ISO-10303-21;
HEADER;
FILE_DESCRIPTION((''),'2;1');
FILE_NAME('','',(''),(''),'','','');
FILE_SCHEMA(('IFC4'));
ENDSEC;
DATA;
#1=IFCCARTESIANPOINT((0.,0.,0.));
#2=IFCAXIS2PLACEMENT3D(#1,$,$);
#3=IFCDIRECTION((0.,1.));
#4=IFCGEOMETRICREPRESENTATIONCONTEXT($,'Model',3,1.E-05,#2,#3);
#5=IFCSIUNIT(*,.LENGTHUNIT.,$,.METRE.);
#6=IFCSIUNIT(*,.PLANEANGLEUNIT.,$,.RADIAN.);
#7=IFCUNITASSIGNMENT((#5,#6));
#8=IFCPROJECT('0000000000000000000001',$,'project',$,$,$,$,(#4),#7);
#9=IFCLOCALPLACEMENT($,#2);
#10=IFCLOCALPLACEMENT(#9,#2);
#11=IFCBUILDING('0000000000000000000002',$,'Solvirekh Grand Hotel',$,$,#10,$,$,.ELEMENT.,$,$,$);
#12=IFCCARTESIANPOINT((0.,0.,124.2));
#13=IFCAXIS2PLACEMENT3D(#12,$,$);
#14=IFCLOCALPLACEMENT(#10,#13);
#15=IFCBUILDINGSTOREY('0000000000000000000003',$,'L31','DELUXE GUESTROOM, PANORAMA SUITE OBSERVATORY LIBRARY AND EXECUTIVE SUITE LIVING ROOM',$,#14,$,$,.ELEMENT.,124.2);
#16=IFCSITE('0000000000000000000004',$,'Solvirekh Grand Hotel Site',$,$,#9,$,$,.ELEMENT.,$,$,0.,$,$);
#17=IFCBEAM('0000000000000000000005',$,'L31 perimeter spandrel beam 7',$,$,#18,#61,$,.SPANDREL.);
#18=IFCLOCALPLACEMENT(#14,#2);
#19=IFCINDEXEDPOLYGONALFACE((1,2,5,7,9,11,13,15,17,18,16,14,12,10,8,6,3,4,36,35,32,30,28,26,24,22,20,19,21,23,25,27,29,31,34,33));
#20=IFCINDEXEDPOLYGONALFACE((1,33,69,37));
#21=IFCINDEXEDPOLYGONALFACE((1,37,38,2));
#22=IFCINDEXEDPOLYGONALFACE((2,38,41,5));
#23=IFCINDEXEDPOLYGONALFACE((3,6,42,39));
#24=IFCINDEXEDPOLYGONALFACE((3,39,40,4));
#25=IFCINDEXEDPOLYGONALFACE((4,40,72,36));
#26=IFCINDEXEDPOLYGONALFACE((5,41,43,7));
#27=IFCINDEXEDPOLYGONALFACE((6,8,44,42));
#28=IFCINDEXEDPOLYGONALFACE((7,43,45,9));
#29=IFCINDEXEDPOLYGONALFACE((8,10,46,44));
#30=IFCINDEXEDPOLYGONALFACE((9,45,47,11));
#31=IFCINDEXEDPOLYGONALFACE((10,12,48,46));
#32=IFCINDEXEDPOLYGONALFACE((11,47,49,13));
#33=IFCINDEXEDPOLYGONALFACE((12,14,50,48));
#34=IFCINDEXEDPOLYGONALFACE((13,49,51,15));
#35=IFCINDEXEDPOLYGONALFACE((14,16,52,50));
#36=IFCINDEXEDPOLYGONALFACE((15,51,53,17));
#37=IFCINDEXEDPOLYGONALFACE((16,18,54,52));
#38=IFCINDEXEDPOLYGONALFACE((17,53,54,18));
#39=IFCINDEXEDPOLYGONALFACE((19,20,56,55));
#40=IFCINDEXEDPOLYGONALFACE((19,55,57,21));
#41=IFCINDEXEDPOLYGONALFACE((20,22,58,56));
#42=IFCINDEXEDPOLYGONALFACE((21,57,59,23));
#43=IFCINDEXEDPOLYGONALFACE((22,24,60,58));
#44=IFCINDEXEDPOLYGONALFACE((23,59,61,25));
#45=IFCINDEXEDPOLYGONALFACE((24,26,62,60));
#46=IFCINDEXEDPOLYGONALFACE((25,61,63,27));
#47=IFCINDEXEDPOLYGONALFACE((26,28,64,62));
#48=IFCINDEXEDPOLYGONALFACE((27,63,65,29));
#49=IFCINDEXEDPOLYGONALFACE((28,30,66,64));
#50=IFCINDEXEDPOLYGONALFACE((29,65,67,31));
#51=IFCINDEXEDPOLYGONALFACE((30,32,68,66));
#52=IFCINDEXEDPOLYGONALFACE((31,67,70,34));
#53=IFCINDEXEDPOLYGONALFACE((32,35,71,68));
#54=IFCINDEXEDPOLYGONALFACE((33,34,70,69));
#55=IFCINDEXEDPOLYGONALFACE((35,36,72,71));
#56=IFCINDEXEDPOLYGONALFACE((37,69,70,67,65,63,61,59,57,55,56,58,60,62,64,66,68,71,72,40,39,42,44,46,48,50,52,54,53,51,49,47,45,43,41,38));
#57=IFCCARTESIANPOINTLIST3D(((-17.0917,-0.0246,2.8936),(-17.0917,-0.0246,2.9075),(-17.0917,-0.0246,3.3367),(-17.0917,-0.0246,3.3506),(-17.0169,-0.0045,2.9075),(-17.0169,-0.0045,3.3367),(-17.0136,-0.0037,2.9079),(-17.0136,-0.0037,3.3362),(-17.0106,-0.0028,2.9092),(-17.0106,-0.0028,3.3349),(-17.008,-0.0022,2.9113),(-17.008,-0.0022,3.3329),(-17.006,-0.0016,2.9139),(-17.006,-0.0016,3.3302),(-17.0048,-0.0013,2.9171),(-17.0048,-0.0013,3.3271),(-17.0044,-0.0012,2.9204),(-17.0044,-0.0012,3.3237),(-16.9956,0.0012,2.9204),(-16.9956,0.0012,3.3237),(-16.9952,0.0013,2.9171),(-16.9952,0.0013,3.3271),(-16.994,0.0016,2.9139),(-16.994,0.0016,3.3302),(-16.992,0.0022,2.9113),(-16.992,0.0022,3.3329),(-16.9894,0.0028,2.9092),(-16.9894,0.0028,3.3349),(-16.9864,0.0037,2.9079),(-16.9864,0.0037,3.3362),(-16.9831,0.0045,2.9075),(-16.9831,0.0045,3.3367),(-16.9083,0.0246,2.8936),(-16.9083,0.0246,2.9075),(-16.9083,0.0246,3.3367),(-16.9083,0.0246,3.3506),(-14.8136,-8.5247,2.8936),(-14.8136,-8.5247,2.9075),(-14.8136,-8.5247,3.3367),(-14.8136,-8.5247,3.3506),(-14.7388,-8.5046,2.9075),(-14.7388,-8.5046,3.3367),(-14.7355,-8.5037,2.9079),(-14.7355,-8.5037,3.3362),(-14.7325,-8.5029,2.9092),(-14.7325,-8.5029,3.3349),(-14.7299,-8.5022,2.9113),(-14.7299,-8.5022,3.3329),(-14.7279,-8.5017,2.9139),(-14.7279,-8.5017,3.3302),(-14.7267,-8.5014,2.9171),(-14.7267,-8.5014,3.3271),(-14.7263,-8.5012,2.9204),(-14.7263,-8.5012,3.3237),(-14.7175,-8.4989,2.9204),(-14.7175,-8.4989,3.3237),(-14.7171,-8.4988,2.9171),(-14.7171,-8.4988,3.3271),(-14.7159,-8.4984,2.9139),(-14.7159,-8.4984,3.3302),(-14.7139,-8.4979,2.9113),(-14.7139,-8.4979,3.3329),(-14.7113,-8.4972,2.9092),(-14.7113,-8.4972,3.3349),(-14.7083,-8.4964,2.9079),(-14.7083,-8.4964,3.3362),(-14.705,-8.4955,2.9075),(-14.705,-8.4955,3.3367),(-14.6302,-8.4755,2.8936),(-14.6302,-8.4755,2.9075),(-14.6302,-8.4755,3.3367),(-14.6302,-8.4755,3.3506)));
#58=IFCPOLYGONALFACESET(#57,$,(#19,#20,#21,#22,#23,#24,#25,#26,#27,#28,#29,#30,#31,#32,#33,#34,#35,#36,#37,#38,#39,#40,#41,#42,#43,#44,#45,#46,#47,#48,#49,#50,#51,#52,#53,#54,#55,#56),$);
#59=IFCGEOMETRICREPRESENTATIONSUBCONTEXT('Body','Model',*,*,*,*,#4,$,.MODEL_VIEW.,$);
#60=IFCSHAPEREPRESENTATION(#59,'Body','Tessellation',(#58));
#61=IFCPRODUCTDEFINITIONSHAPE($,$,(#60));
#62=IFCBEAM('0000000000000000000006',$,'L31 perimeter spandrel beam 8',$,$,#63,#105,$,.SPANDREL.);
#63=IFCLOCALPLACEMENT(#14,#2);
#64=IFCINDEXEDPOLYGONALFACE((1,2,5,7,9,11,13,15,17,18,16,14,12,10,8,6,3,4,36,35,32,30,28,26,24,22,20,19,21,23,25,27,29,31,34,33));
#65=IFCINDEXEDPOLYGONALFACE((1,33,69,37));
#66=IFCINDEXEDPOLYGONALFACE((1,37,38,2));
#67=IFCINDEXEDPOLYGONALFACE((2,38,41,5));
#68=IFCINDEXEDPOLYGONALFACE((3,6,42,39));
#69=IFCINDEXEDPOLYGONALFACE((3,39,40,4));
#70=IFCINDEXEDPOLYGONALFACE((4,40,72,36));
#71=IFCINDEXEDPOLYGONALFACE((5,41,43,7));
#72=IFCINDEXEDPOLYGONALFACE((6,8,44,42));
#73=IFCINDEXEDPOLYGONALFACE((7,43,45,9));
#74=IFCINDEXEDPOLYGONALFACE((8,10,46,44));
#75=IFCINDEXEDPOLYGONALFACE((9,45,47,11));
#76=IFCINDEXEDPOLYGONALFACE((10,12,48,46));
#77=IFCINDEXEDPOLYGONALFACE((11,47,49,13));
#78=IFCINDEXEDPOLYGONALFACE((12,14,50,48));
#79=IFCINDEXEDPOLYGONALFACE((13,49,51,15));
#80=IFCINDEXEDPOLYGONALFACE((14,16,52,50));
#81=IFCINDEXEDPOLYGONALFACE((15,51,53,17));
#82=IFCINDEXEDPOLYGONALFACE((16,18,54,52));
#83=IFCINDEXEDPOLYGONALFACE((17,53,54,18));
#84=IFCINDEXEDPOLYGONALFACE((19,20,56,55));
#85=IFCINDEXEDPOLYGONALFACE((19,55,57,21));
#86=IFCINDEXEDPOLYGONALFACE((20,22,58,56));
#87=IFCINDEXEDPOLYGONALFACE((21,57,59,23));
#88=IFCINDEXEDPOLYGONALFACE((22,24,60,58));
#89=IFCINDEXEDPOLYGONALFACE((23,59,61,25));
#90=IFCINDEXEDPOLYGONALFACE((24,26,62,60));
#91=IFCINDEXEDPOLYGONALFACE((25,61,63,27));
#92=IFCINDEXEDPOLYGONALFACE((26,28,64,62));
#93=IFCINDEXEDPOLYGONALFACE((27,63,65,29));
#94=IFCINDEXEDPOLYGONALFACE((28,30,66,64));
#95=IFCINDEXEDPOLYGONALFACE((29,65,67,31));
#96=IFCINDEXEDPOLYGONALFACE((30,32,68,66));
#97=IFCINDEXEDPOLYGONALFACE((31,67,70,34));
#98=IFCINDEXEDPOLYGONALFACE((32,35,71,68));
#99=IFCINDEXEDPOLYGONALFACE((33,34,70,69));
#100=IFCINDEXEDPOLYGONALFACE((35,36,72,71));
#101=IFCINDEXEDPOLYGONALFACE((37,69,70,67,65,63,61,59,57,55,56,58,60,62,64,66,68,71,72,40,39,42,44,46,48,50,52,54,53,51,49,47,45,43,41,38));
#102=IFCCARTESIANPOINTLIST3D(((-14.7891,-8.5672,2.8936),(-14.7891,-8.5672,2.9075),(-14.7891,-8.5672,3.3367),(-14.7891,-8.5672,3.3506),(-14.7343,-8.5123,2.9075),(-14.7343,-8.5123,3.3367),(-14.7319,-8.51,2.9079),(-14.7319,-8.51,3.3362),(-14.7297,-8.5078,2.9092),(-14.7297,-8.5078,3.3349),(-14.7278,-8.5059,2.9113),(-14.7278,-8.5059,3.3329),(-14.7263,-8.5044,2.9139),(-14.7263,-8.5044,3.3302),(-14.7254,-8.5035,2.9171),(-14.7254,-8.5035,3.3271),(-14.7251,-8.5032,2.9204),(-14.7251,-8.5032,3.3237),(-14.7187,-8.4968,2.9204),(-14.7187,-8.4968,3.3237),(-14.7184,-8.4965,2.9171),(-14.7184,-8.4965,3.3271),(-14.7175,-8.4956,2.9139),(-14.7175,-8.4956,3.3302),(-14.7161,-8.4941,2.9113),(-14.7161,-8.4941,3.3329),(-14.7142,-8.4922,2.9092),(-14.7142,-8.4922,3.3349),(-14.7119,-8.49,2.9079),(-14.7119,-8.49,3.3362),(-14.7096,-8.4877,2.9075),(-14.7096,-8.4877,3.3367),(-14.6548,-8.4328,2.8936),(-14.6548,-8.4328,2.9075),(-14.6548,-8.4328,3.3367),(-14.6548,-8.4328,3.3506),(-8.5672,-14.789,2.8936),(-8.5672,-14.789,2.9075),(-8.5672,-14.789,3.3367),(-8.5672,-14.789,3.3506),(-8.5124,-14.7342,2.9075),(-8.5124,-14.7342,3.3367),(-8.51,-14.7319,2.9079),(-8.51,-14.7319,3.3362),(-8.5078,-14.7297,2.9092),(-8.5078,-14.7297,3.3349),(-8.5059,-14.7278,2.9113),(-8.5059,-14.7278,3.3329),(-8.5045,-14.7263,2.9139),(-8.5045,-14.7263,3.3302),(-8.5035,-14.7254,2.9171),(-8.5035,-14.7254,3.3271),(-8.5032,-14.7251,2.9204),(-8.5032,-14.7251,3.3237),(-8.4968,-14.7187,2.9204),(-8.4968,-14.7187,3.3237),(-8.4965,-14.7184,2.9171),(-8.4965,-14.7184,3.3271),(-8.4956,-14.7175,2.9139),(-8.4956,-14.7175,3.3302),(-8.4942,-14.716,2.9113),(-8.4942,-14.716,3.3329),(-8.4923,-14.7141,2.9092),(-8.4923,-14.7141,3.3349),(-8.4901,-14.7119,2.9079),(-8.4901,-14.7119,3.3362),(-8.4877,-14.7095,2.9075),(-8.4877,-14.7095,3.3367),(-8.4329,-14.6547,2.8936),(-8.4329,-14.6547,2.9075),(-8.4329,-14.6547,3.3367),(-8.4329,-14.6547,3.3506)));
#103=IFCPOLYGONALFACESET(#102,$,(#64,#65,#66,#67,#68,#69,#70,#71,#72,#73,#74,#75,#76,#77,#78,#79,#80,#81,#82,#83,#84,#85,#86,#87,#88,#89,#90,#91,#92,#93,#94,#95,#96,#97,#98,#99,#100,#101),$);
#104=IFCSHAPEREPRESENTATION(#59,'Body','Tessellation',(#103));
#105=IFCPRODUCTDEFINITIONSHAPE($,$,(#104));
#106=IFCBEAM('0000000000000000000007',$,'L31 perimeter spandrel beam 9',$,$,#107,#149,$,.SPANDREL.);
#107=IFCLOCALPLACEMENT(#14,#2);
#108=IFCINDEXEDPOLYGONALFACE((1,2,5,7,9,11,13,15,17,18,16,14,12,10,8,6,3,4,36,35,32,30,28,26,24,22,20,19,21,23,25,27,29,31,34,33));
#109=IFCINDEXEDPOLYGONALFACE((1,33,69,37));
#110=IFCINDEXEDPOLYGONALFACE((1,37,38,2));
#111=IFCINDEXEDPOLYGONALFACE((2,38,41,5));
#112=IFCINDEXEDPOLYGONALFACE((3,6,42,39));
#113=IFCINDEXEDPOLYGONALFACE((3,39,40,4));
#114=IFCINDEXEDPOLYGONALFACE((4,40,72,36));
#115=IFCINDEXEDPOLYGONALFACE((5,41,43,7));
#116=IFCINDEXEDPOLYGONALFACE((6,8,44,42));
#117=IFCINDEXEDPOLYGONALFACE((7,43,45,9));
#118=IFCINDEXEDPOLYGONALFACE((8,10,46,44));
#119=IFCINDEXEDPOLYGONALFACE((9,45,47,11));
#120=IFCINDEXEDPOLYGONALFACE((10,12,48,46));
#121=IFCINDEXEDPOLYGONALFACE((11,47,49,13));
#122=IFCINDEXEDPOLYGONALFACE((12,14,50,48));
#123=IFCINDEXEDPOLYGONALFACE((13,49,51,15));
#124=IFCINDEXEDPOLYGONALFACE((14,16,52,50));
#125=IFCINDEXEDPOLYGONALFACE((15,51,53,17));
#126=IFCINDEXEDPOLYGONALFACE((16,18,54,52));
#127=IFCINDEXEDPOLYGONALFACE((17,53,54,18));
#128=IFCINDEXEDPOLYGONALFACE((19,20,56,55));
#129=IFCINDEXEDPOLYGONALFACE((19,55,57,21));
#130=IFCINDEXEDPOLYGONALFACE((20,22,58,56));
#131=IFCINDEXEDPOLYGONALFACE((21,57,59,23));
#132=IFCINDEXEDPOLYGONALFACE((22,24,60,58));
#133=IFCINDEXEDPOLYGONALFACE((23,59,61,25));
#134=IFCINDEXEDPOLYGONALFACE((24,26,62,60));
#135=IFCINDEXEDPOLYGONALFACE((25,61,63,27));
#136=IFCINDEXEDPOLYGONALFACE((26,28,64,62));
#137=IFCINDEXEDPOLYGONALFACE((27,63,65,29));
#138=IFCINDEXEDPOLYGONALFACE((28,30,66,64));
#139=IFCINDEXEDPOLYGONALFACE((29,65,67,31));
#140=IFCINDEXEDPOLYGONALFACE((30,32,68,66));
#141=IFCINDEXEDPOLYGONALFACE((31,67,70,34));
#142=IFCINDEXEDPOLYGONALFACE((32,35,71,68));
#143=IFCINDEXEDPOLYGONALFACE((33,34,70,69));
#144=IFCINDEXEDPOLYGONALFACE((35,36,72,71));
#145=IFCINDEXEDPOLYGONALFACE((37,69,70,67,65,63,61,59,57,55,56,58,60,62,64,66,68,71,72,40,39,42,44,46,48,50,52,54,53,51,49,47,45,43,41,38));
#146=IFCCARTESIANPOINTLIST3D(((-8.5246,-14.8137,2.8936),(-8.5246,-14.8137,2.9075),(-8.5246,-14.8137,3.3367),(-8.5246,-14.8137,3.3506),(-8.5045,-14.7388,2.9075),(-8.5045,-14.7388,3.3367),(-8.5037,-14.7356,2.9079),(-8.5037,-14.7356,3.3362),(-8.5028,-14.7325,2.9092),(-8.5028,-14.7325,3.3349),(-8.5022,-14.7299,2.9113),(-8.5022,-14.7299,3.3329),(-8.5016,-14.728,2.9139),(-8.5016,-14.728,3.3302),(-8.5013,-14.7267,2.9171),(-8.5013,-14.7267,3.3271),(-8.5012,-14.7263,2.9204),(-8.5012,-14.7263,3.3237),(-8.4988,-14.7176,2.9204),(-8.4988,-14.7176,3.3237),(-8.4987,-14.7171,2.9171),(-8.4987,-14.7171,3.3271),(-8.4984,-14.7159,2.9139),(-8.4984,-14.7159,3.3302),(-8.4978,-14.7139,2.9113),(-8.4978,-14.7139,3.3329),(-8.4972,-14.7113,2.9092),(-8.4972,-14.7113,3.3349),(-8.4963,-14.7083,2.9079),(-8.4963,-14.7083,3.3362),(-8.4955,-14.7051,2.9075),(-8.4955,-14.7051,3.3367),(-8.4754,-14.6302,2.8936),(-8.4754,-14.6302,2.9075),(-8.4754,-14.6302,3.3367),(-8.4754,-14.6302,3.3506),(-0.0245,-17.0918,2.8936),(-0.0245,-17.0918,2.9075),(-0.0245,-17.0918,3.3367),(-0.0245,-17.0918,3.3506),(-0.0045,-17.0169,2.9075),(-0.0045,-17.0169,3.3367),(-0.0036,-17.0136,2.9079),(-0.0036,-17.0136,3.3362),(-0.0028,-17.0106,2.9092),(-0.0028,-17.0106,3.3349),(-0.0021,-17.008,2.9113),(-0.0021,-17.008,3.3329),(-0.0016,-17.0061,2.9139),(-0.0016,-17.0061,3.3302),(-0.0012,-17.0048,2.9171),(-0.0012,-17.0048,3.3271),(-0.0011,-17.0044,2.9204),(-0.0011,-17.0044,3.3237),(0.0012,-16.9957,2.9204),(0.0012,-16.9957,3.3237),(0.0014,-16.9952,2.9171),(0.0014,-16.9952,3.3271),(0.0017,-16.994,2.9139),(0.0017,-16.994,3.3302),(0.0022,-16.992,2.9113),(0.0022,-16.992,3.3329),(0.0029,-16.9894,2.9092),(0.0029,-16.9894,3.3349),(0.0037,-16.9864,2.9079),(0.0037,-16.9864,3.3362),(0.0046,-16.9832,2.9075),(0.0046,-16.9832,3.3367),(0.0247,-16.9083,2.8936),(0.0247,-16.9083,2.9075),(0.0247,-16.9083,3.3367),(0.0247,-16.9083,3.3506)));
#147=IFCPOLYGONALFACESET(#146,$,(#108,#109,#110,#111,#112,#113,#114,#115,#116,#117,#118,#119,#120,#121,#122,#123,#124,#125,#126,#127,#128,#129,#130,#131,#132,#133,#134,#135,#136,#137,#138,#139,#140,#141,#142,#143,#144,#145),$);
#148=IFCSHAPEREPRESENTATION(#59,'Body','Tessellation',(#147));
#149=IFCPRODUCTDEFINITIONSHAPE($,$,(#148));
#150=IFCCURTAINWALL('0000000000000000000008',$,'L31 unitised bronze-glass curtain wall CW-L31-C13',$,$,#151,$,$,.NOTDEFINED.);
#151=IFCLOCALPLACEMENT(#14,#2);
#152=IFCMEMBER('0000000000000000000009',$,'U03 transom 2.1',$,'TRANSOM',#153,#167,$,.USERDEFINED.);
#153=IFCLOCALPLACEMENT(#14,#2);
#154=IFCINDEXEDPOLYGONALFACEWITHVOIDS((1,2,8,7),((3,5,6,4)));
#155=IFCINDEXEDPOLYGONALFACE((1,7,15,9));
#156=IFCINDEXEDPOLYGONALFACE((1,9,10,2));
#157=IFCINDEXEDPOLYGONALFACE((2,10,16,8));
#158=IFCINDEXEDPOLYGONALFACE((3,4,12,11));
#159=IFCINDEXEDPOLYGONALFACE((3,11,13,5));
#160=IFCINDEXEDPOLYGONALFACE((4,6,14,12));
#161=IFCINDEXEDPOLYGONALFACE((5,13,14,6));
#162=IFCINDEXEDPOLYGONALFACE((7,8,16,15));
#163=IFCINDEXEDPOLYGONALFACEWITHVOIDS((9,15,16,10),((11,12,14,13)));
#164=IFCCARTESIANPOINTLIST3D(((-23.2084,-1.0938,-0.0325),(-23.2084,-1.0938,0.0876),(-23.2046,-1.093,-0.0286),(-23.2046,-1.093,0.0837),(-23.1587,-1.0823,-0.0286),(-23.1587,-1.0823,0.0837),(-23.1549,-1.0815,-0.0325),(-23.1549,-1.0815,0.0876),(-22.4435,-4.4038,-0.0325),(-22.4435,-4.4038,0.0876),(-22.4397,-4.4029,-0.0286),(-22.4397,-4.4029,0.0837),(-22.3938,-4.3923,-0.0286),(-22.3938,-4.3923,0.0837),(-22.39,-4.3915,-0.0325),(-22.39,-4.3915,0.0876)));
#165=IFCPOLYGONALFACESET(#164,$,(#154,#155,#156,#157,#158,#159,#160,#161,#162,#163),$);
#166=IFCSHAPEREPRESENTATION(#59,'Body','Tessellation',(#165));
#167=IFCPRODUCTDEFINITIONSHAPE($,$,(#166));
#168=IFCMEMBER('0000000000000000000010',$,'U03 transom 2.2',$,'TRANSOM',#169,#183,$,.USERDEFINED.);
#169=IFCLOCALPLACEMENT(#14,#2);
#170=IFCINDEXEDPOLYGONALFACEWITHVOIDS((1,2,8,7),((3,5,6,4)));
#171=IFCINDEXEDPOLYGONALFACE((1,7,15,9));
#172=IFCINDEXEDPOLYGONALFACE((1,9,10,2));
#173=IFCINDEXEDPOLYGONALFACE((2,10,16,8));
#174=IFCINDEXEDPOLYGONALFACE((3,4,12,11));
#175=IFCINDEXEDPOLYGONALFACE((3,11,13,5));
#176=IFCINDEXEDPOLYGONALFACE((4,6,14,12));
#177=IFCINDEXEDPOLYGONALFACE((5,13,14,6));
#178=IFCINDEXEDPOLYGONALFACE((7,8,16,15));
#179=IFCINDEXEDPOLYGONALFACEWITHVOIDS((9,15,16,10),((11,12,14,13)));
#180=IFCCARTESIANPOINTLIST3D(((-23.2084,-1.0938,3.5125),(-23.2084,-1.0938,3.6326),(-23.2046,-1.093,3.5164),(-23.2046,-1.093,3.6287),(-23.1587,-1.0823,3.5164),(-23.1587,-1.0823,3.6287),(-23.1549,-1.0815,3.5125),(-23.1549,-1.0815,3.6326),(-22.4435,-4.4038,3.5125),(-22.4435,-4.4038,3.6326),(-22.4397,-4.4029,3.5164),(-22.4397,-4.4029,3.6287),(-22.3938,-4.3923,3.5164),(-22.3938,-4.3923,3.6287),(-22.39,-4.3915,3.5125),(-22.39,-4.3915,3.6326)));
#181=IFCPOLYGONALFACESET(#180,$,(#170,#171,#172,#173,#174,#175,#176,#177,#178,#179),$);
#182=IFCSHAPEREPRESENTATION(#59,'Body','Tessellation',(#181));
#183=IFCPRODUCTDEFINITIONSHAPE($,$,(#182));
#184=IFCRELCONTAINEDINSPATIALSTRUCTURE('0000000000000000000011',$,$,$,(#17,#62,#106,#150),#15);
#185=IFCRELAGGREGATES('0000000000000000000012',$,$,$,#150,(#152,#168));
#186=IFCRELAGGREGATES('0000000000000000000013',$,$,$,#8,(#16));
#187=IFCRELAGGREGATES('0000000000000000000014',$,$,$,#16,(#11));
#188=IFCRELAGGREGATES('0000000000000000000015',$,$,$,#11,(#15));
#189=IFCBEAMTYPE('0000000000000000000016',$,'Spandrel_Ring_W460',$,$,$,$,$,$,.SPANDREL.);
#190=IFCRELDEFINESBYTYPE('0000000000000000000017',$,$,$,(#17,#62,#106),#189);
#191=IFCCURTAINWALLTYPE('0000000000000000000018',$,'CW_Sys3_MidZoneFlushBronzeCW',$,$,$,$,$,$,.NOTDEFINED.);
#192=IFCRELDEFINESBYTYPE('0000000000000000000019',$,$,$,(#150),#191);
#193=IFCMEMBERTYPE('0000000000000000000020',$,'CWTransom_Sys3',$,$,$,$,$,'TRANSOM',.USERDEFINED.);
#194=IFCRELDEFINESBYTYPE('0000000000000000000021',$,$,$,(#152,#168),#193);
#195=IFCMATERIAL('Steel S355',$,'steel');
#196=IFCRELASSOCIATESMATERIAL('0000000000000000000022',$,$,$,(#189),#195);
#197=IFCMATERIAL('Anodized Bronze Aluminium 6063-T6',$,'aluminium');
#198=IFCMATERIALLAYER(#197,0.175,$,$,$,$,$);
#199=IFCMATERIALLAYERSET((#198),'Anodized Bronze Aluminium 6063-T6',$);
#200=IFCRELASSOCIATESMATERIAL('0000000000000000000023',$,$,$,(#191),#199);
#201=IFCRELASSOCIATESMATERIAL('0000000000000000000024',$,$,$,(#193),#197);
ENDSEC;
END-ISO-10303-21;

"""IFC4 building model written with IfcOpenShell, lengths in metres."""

from ifc_helpers import new_model, si_unit, direction, frame, origin, origin_2d, place, context, subcontext, project, spatial, hollow_rectangle, i_section, extrude, source, transform, mapped, material, layer, layer_set, material_profile, profile_set, type_object, element, aggregate, save


model = new_model("IFC4")

# Units and contexts
model_context = context("Model", 3, precision=1e-05, world=origin(), true_north=direction((0.0, 1.0)))
body_context = subcontext(model_context, "Body", "Model", "MODEL_VIEW")
ifc_project = project(units=[si_unit("LENGTHUNIT", "METRE"), si_unit("PLANEANGLEUNIT", "RADIAN")], contexts=[model_context])

# Site, building, storey
site_placement = place(None, origin())
site = spatial("IfcSite", under=ifc_project, at=site_placement, Name="Solvirekh Grand Hotel Site", CompositionType="ELEMENT", RefElevation=0.0)
building_placement = place(site_placement, origin())
building = spatial("IfcBuilding", under=site, at=building_placement, Name="Solvirekh Grand Hotel", CompositionType="ELEMENT")
storey_placement = place(building_placement, frame((0.0, 0.0, 124.2)))
storey = spatial("IfcBuildingStorey", under=building, at=storey_placement, Name="L31", Description="DELUXE GUESTROOM, PANORAMA SUITE OBSERVATORY LIBRARY AND EXECUTIVE SUITE LIVING ROOM", CompositionType="ELEMENT", Elevation=124.2)

# Beams
ifc_material_1 = material(Name="Steel S355", Category="steel")
ifc_material_profile_1 = material_profile(ifc_material_1, i_section(OverallWidth=0.1899, OverallDepth=0.457, WebThickness=0.009, FlangeThickness=0.0139, FilletRadius=0.0129, at=origin_2d()), Name="W460X74")
ifc_profile_set_1 = profile_set([ifc_material_profile_1], Name="Steel S355")
beam_type_1 = type_object("IfcBeamType", Name="Spandrel_Ring_W460", PredefinedType="SPANDREL", material=ifc_profile_set_1)
beam_1_placement = place(storey_placement, frame((-17.0, 0.0, 3.1221), z_axis=(0.258873, -0.965911, 0.0), x_axis=(0.965911, 0.258873, 0.0)))
element("IfcBeam", 1, at=beam_1_placement, inside=storey, type_object=beam_type_1, Name="L31 perimeter spandrel beam 7", PredefinedType="SPANDREL", context=body_context, shape_type="SweptSolid", body=[
    extrude(i_section(OverallWidth=0.1899, OverallDepth=0.457, WebThickness=0.009, FlangeThickness=0.0139, FilletRadius=0.0129, at=origin_2d()), origin(), (0.0, 0.0, 1.0), 8.8),
])
beam_2_placement = place(storey_placement, frame((-14.7219, -8.5, 3.1221), z_axis=(0.707107, -0.707107, 0.0), x_axis=(0.707107, 0.707107, 0.0)))
element("IfcBeam", 2, at=beam_2_placement, inside=storey, type_object=beam_type_1, Name="L31 perimeter spandrel beam 8", PredefinedType="SPANDREL", context=body_context, shape_type="SweptSolid", body=[
    extrude(i_section(OverallWidth=0.1899, OverallDepth=0.457, WebThickness=0.009, FlangeThickness=0.0139, FilletRadius=0.0129, at=origin_2d()), origin(), (0.0, 0.0, 1.0), 8.7991),
])
beam_3_placement = place(storey_placement, frame((-8.5, -14.7219, 3.1221), z_axis=(0.965911, -0.258873, 0.0), x_axis=(0.258873, 0.965911, 0.0)))
element("IfcBeam", 3, at=beam_3_placement, inside=storey, type_object=beam_type_1, Name="L31 perimeter spandrel beam 9", PredefinedType="SPANDREL", context=body_context, shape_type="SweptSolid", body=[
    extrude(i_section(OverallWidth=0.1899, OverallDepth=0.457, WebThickness=0.009, FlangeThickness=0.0139, FilletRadius=0.0129, at=origin_2d()), origin(), (0.0, 0.0, 1.0), 8.8),
])

# Curtain wall, members
ifc_material_2 = material(Name="Anodized Bronze Aluminium 6063-T6", Category="aluminium")
ifc_layer_1 = layer(ifc_material_2, 0.175)
ifc_layer_set_1 = layer_set([ifc_layer_1], Name="Anodized Bronze Aluminium 6063-T6")
curtain_wall_type = type_object("IfcCurtainWallType", Name="CW_Sys3_MidZoneFlushBronzeCW", PredefinedType="NOTDEFINED", material=ifc_layer_set_1)
curtain_wall_1_placement = place(storey_placement, origin())
curtain_wall_1 = element("IfcCurtainWall", 4, at=curtain_wall_1_placement, inside=storey, type_object=curtain_wall_type, Name="L31 unitised bronze-glass curtain wall CW-L31-C13", PredefinedType="NOTDEFINED")
ifc_material_profile_2 = material_profile(ifc_material_2, hollow_rectangle(XDim=0.0549, YDim=0.1201, WallThickness=0.0039, at=origin_2d()), Name="ALU RHS 120X55X4")
ifc_profile_set_2 = profile_set([ifc_material_profile_2], Name="Anodized Bronze Aluminium 6063-T6")
member_type_1 = type_object("IfcMemberType", Name="CWTransom_Sys3", ElementType="TRANSOM", PredefinedType="USERDEFINED", material=ifc_profile_set_2)
shared_shape_1 = source(origin(), body_context, "Body", "SweptSolid", [
    extrude(hollow_rectangle(XDim=0.0549, YDim=0.1201, WallThickness=0.0039, at=origin_2d()), origin(), (0.0, 0.0, 1.0), 3.3972),
])
member_1_placement = place(storey_placement, frame((-23.1816, -1.0876, 0.0276), z_axis=(0.225148, -0.974325, 0.0), x_axis=(0.974325, 0.225148, 0.0)))
member_1 = element("IfcMember", 5, at=member_1_placement, type_object=member_type_1, Name="U03 transom 2.1", ObjectType="TRANSOM", PredefinedType="USERDEFINED", context=body_context, shape_type="MappedRepresentation", body=[
    mapped(shared_shape_1, transform((0.0, 0.0, 0.0), x_axis=(1.0, 0.0, 0.0), y_axis=(0.0, 1.0, 0.0), z_axis=(0.0, 0.0, 1.0), scale=1.0)),
])
member_2_placement = place(storey_placement, frame((-23.1816, -1.0876, 3.5725), z_axis=(0.225148, -0.974325, 0.0), x_axis=(0.974325, 0.225148, 0.0)))
member_2 = element("IfcMember", 6, at=member_2_placement, type_object=member_type_1, Name="U03 transom 2.2", ObjectType="TRANSOM", PredefinedType="USERDEFINED", context=body_context, shape_type="MappedRepresentation", body=[
    mapped(shared_shape_1, transform((0.0, 0.0, 0.0), x_axis=(1.0, 0.0, 0.0), y_axis=(0.0, 1.0, 0.0), z_axis=(0.0, 0.0, 1.0), scale=1.0)),
])

aggregate(curtain_wall_1, [member_1, member_2])

save(model, "model.ifc")
